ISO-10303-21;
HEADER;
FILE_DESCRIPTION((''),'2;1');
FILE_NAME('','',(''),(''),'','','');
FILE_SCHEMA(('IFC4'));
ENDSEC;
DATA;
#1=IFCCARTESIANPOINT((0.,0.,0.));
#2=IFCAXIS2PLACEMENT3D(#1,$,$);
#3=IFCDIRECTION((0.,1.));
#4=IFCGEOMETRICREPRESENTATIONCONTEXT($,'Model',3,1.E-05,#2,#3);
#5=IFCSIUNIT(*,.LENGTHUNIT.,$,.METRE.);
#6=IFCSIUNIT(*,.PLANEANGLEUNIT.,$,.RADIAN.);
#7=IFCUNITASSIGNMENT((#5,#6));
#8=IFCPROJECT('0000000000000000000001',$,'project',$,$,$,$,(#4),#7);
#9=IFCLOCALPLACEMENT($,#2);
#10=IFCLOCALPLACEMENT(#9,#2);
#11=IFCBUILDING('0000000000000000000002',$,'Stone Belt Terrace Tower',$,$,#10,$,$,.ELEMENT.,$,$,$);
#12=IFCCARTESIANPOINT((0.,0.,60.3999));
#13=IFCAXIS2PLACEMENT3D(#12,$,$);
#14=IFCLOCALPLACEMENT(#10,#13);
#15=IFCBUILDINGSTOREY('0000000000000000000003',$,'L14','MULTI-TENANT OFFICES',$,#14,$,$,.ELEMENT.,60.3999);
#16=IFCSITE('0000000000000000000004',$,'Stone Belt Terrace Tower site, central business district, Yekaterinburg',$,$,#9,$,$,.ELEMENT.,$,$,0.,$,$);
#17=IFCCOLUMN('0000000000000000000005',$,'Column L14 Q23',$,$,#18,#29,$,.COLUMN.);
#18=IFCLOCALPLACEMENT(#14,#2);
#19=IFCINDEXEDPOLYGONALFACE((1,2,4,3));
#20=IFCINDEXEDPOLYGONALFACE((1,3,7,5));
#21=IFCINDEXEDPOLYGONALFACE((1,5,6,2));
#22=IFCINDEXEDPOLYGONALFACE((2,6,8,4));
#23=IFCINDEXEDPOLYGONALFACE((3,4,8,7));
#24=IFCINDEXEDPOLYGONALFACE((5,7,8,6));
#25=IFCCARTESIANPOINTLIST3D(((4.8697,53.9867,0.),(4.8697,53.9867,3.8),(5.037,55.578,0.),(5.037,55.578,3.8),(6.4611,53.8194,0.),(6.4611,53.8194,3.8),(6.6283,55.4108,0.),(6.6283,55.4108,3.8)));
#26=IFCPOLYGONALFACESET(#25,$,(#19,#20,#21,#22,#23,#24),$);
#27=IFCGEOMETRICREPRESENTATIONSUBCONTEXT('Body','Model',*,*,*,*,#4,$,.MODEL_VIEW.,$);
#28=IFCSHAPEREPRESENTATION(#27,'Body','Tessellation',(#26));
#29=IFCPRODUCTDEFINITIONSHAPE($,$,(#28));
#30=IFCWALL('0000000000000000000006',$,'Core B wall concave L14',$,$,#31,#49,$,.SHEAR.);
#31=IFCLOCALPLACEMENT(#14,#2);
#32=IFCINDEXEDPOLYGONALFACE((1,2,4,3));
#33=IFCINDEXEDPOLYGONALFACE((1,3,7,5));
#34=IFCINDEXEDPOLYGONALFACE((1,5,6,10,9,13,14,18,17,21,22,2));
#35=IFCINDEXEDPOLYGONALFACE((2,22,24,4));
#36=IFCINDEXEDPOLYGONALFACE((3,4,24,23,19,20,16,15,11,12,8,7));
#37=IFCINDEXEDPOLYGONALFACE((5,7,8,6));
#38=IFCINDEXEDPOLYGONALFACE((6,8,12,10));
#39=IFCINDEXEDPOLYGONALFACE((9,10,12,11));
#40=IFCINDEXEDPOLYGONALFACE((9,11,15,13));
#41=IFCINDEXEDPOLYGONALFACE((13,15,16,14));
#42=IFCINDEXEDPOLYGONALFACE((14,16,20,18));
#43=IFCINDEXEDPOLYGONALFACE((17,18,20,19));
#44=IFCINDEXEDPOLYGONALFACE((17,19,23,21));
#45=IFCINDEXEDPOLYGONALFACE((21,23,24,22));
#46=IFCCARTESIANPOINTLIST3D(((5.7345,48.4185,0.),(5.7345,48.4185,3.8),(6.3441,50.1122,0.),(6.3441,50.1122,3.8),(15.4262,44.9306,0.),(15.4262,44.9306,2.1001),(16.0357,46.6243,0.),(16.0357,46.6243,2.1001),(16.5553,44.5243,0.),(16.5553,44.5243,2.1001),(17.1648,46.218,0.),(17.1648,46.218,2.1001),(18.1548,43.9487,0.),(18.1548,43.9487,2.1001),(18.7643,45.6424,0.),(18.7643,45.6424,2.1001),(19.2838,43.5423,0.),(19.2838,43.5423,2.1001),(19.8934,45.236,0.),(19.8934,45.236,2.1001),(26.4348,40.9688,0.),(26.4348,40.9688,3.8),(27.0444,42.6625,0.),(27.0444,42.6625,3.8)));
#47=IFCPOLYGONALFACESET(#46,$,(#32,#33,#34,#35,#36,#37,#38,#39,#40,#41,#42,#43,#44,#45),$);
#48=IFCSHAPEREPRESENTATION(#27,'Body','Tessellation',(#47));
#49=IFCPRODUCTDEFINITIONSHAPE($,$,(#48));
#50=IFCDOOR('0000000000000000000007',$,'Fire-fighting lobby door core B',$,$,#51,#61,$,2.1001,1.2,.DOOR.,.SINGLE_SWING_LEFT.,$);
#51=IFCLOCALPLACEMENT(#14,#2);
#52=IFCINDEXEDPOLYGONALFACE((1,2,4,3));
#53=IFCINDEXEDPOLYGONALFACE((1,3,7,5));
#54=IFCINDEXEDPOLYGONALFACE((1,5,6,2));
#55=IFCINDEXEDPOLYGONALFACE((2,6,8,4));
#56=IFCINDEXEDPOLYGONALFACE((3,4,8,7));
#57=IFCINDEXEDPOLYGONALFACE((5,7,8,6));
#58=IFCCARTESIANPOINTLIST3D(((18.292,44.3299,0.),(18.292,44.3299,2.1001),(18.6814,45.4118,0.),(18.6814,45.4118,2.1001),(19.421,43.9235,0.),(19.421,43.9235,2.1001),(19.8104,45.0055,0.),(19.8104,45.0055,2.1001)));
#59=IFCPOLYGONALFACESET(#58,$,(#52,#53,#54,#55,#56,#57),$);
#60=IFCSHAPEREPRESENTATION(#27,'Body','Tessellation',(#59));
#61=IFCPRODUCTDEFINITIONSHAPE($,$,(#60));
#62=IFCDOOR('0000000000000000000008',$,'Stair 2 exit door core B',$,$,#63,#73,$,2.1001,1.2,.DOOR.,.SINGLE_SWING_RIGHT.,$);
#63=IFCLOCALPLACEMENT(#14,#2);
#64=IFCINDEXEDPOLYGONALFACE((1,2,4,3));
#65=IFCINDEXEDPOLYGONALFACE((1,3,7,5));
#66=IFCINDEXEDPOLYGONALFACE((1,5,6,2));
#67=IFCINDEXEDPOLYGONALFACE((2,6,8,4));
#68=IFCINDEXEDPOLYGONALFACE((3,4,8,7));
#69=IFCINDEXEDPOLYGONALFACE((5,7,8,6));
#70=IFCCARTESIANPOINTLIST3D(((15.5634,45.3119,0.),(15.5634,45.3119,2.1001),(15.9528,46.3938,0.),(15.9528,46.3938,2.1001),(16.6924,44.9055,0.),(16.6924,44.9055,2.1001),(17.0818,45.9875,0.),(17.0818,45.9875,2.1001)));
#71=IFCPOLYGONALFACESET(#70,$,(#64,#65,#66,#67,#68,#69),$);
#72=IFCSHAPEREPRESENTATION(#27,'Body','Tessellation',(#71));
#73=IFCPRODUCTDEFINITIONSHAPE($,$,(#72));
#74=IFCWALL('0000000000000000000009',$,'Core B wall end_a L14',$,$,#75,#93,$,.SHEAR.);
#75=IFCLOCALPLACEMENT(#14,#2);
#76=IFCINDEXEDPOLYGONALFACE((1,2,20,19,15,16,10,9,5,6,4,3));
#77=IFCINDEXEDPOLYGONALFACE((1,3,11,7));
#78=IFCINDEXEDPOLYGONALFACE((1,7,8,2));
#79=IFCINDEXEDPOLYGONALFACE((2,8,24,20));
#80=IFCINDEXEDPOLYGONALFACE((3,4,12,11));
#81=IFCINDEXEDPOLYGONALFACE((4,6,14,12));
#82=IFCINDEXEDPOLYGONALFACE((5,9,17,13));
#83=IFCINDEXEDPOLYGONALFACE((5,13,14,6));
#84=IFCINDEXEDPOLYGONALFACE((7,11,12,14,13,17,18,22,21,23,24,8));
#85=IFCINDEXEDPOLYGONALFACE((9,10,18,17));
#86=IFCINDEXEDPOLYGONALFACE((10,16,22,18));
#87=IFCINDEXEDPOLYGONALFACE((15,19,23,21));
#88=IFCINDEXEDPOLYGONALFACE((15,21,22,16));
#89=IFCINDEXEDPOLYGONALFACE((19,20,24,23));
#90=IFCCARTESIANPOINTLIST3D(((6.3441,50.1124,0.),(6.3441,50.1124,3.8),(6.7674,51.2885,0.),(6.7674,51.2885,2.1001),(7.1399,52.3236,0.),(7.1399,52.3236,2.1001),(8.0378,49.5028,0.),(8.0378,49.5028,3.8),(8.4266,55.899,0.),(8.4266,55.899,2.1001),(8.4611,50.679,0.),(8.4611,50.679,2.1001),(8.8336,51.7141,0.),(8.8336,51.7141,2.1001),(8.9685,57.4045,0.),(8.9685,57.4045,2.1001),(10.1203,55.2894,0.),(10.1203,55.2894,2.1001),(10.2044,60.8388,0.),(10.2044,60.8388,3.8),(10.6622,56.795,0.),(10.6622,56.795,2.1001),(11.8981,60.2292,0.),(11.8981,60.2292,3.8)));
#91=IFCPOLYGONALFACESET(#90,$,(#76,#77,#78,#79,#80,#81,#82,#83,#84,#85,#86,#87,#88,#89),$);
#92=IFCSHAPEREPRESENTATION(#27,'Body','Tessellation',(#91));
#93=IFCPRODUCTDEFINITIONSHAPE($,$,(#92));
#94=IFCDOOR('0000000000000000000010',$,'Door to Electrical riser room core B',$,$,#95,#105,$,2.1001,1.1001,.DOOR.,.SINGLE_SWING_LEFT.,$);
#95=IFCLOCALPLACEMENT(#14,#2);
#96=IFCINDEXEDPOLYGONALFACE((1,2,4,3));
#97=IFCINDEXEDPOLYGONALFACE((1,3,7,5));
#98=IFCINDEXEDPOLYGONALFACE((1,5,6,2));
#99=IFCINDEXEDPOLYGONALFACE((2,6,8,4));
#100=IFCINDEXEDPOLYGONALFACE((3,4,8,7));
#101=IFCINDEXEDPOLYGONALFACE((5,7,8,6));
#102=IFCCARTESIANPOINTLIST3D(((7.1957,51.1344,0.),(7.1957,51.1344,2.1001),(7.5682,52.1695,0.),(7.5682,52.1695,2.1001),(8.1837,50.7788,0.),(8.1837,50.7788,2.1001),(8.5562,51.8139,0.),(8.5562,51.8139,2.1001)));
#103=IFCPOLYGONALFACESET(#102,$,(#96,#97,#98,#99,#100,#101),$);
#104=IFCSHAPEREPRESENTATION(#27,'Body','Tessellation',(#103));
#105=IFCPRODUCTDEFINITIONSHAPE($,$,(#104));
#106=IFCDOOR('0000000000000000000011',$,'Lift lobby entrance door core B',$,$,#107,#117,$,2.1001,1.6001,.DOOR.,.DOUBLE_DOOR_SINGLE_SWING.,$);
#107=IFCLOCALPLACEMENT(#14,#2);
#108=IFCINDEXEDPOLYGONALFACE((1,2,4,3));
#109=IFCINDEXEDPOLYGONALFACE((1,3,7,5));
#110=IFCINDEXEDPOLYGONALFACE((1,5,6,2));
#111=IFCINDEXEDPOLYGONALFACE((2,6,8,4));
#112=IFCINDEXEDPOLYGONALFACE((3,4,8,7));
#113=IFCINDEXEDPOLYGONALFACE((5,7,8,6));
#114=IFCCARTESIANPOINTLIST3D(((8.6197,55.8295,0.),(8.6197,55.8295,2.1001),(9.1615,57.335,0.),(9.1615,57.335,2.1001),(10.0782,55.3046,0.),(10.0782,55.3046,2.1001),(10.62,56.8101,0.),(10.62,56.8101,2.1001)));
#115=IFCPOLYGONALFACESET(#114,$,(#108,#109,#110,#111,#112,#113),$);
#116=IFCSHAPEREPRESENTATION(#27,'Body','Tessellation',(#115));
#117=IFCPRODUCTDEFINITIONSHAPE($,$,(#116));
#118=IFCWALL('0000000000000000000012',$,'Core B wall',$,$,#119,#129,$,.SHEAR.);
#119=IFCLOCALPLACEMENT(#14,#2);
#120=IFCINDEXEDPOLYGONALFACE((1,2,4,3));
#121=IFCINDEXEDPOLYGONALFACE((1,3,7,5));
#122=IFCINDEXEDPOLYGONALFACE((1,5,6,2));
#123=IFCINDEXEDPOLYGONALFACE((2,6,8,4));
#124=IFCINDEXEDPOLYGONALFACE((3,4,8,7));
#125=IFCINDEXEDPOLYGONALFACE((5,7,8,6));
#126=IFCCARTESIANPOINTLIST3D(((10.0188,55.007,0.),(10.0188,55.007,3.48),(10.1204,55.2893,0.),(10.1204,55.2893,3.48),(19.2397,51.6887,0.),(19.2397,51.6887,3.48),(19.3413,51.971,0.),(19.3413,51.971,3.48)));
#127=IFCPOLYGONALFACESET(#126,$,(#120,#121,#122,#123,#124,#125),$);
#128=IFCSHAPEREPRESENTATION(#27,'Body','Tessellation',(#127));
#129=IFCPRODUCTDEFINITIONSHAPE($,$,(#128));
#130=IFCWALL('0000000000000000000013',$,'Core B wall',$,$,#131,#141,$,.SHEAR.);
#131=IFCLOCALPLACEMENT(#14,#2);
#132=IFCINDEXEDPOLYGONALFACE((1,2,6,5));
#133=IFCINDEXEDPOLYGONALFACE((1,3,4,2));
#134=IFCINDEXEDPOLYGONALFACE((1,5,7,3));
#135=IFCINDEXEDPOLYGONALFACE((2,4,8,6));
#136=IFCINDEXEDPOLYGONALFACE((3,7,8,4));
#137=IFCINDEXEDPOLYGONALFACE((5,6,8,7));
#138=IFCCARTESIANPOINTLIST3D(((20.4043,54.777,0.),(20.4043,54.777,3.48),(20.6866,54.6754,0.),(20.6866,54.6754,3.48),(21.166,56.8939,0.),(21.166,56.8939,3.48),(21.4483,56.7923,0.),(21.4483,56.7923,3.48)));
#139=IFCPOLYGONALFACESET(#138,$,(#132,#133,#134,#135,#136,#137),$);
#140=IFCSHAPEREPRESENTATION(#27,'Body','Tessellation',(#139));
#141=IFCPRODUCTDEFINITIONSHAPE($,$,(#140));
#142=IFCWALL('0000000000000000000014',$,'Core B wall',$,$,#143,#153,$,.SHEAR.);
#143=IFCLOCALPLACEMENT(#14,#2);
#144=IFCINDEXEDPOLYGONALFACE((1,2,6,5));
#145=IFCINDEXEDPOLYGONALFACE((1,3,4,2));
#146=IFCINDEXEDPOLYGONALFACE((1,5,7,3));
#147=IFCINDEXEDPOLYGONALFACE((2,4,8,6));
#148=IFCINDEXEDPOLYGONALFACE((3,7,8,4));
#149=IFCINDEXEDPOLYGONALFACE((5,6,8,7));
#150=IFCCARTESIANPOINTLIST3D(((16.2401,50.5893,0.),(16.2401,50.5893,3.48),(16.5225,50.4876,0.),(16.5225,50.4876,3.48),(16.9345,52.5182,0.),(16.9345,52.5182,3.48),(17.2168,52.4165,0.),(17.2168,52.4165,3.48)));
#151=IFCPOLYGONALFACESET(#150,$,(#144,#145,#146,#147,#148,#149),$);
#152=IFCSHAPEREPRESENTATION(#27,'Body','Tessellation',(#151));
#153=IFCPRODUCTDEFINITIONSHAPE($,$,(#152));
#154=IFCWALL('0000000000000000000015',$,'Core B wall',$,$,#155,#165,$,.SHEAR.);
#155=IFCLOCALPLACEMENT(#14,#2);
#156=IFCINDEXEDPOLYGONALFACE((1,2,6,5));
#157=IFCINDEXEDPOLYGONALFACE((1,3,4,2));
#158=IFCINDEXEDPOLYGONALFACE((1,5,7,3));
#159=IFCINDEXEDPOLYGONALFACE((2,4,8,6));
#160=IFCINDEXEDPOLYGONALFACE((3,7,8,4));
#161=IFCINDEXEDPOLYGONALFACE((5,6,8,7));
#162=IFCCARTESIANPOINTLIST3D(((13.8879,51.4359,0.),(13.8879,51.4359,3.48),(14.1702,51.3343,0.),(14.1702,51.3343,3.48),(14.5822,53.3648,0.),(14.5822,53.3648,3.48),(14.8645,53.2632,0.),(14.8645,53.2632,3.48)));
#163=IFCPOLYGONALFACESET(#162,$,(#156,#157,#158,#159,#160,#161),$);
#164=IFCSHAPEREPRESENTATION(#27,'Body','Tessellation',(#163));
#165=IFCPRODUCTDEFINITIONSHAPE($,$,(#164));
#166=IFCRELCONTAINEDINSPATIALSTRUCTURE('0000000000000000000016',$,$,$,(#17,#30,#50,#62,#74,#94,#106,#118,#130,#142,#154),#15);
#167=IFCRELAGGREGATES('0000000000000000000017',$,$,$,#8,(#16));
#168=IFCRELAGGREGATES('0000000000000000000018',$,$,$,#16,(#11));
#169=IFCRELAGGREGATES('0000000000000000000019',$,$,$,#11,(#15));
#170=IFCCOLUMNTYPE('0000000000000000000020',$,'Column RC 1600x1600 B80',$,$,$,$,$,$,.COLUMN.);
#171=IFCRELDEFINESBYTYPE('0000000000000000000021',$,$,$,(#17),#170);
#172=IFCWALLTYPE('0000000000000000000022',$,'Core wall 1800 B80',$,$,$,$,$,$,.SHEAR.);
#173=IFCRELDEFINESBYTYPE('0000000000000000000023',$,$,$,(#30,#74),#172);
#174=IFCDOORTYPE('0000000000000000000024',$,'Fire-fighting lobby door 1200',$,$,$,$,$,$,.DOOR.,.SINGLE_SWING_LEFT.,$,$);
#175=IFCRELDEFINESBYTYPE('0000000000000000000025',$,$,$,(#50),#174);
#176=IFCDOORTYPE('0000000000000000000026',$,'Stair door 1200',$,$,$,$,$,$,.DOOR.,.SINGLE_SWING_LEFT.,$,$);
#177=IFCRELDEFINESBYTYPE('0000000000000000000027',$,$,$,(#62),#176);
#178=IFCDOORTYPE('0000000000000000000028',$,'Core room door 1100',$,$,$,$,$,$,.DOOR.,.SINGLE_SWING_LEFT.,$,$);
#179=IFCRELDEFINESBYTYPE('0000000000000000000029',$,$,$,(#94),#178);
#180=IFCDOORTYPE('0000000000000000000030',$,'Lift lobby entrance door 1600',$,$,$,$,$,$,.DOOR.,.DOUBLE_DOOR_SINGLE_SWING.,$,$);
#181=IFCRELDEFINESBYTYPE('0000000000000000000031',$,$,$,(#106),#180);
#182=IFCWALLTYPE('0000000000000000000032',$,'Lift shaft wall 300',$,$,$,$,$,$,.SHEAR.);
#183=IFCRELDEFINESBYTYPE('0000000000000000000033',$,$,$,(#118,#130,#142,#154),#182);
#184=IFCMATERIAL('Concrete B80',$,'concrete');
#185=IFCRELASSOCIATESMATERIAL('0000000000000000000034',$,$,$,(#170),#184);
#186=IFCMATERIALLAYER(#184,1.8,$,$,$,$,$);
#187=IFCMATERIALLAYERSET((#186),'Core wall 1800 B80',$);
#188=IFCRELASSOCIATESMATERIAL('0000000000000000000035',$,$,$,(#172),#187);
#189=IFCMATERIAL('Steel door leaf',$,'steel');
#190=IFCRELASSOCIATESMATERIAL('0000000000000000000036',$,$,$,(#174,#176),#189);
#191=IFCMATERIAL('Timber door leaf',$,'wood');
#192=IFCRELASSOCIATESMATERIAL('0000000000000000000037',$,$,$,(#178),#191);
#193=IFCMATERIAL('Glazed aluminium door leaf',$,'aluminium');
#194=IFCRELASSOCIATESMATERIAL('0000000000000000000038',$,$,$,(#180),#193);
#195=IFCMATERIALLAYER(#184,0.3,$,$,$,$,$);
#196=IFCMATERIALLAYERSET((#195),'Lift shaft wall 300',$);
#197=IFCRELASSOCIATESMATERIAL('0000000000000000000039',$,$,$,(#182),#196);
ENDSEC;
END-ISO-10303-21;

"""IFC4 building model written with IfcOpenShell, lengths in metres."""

from ifc_helpers import new_model, si_unit, direction, frame, frame_2d, origin, origin_2d, place, context, subcontext, project, spatial, rectangle, extrude, material, layer, layer_set, material_profile, profile_set, type_object, element, fill, save


model = new_model("IFC4")

# Units and contexts
model_context = context("Model", 3, precision=1e-05, world=origin(), true_north=direction((0.0, 1.0)))
body_context = subcontext(model_context, "Body", "Model", "MODEL_VIEW")
ifc_project = project(units=[si_unit("LENGTHUNIT", "METRE"), si_unit("PLANEANGLEUNIT", "RADIAN")], contexts=[model_context])

# Site, building, storey
site_placement = place(None, origin())
site = spatial("IfcSite", under=ifc_project, at=site_placement, Name="Stone Belt Terrace Tower site, central business district, Yekaterinburg", CompositionType="ELEMENT", RefElevation=0.0)
building_placement = place(site_placement, origin())
building = spatial("IfcBuilding", under=site, at=building_placement, Name="Stone Belt Terrace Tower", CompositionType="ELEMENT")
storey_placement = place(building_placement, frame((0.0, 0.0, 60.3999)))
storey = spatial("IfcBuildingStorey", under=building, at=storey_placement, Name="L14", Description="MULTI-TENANT OFFICES", CompositionType="ELEMENT", Elevation=60.3999)

# Column
ifc_material_1 = material(Name="Concrete B80", Category="concrete")
ifc_material_profile = material_profile(ifc_material_1, rectangle(XDim=1.6001, YDim=1.6001, at=origin_2d()), Name="RC 1600x1600")
ifc_profile_set = profile_set([ifc_material_profile], Name="Concrete B80")
column_type = type_object("IfcColumnType", Name="Column RC 1600x1600 B80", PredefinedType="COLUMN", material=ifc_profile_set)
column_placement = place(storey_placement, frame((5.749, 54.6987, 0.0), z_axis=(0.0, 0.0, 1.0), x_axis=(0.994522, -0.104528, 0.0)))
element("IfcColumn", 1, at=column_placement, inside=storey, type_object=column_type, Name="Column L14 Q23", PredefinedType="COLUMN", context=body_context, shape_type="SweptSolid", body=[
    extrude(rectangle(XDim=1.6001, YDim=1.6001, at=origin_2d()), origin(), (0.0, 0.0, 1.0), 3.8),
])

# Walls, openings, doors
ifc_layer_1 = layer(ifc_material_1, 1.8)
ifc_layer_set_1 = layer_set([ifc_layer_1], Name="Core wall 1800 B80")
wall_type_1 = type_object("IfcWallType", Name="Core wall 1800 B80", PredefinedType="SHEAR", material=ifc_layer_set_1)
wall_1_placement = place(storey_placement, frame((6.0393, 49.2654, 0.0), z_axis=(0.0, 0.0, 1.0), x_axis=(0.940922, -0.338624, 0.0)))
wall_1 = element("IfcWall", 2, at=wall_1_placement, inside=storey, type_object=wall_type_1, Name="Core B wall concave L14", PredefinedType="SHEAR", context=body_context, shape_type="SweptSolid", body=[
    extrude(rectangle(XDim=22.0, YDim=1.8, at=frame_2d((11.0, 0.0))), origin(), (0.0, 0.0, 1.0), 3.8),
])
opening_1_placement = place(wall_1_placement, frame((13.2, 0.0, 0.0)))
opening_1 = element("IfcOpeningElement", 3, at=opening_1_placement, cuts=wall_1, PredefinedType="OPENING", context=body_context, shape_type="SweptSolid", body=[
    extrude(rectangle(XDim=1.2, YDim=2.1001, at=frame_2d((0.6001, 1.05))), frame((0.0, 0.9099, 0.0), z_axis=(0.0, -1.0, 0.0), x_axis=(1.0, 0.0, 0.0)), (0.0, 0.0, 1.0), 1.8201),
])
opening_2_placement = place(wall_1_placement, frame((10.3, 0.0, 0.0)))
opening_2 = element("IfcOpeningElement", 4, at=opening_2_placement, cuts=wall_1, PredefinedType="OPENING", context=body_context, shape_type="SweptSolid", body=[
    extrude(rectangle(XDim=1.2, YDim=2.1001, at=frame_2d((0.6001, 1.05))), frame((0.0, 0.9099, 0.0), z_axis=(0.0, -1.0, 0.0), x_axis=(1.0, 0.0, 0.0)), (0.0, 0.0, 1.0), 1.8201),
])
ifc_material_2 = material(Name="Steel door leaf", Category="steel")
door_type_1 = type_object("IfcDoorType", Name="Fire-fighting lobby door 1200", OperationType="SINGLE_SWING_LEFT", PredefinedType="DOOR", material=ifc_material_2)
door_1_placement = place(opening_1_placement, origin())
door_1 = element("IfcDoor", 5, at=door_1_placement, inside=storey, type_object=door_type_1, Name="Fire-fighting lobby door core B", OperationType="SINGLE_SWING_LEFT", OverallHeight=2.1001, OverallWidth=1.2, PredefinedType="DOOR", context=body_context, shape_type="SweptSolid", body=[
    extrude(rectangle(XDim=1.2, YDim=2.1001, at=frame_2d((0.6001, 1.05))), frame((0.0, 0.655, 0.0), z_axis=(0.0, -1.0, 0.0), x_axis=(1.0, 0.0, 0.0)), (0.0, 0.0, 1.0), 1.1499),
])
fill(opening_1, door_1)
door_type_2 = type_object("IfcDoorType", Name="Stair door 1200", OperationType="SINGLE_SWING_LEFT", PredefinedType="DOOR", material=ifc_material_2)
door_2_placement = place(opening_2_placement, origin())
door_2 = element("IfcDoor", 6, at=door_2_placement, inside=storey, type_object=door_type_2, Name="Stair 2 exit door core B", OperationType="SINGLE_SWING_RIGHT", OverallHeight=2.1001, OverallWidth=1.2, PredefinedType="DOOR", context=body_context, shape_type="SweptSolid", body=[
    extrude(rectangle(XDim=1.2, YDim=2.1001, at=frame_2d((0.6001, 1.05))), frame((0.0, 0.655, 0.0), z_axis=(0.0, -1.0, 0.0), x_axis=(1.0, 0.0, 0.0)), (0.0, 0.0, 1.0), 1.1499),
])
fill(opening_2, door_2)
wall_2_placement = place(storey_placement, frame((7.1909, 49.8076, 0.0), z_axis=(0.0, 0.0, 1.0), x_axis=(0.338632, 0.940919, 0.0)))
wall_2 = element("IfcWall", 7, at=wall_2_placement, inside=storey, type_object=wall_type_1, Name="Core B wall end_a L14", PredefinedType="SHEAR", context=body_context, shape_type="SweptSolid", body=[
    extrude(rectangle(XDim=11.3999, YDim=1.8, at=frame_2d((5.7, 0.0))), origin(), (0.0, 0.0, 1.0), 3.8),
])
opening_3_placement = place(wall_2_placement, frame((6.1499, 0.0, 0.0)))
opening_3 = element("IfcOpeningElement", 8, at=opening_3_placement, cuts=wall_2, PredefinedType="OPENING", context=body_context, shape_type="SweptSolid", body=[
    extrude(rectangle(XDim=1.6001, YDim=2.1001, at=frame_2d((0.8, 1.05))), frame((0.0, 0.9099, 0.0), z_axis=(0.0, -1.0, 0.0), x_axis=(1.0, 0.0, 0.0)), (0.0, 0.0, 1.0), 1.8201),
])
opening_4_placement = place(wall_2_placement, frame((1.25, 0.0, 0.0)))
opening_4 = element("IfcOpeningElement", 9, at=opening_4_placement, cuts=wall_2, PredefinedType="OPENING", context=body_context, shape_type="SweptSolid", body=[
    extrude(rectangle(XDim=1.1001, YDim=2.1001, at=frame_2d((0.55, 1.05))), frame((0.0, 0.9099, 0.0), z_axis=(0.0, -1.0, 0.0), x_axis=(1.0, 0.0, 0.0)), (0.0, 0.0, 1.0), 1.8201),
])
ifc_material_3 = material(Name="Timber door leaf", Category="wood")
door_type_3 = type_object("IfcDoorType", Name="Core room door 1100", OperationType="SINGLE_SWING_LEFT", PredefinedType="DOOR", material=ifc_material_3)
door_3_placement = place(opening_4_placement, origin())
door_3 = element("IfcDoor", 10, at=door_3_placement, inside=storey, type_object=door_type_3, Name="Door to Electrical riser room core B", OperationType="SINGLE_SWING_LEFT", OverallHeight=2.1001, OverallWidth=1.1001, PredefinedType="DOOR", context=body_context, shape_type="SweptSolid", body=[
    extrude(rectangle(XDim=1.1001, YDim=2.1001, at=frame_2d((0.55, 1.05))), frame((0.0, 0.4448, 0.0), z_axis=(0.0, -1.0, 0.0), x_axis=(1.0, 0.0, 0.0)), (0.0, 0.0, 1.0), 1.05),
])
fill(opening_4, door_3)
ifc_material_4 = material(Name="Glazed aluminium door leaf", Category="aluminium")
door_type_4 = type_object("IfcDoorType", Name="Lift lobby entrance door 1600", OperationType="DOUBLE_DOOR_SINGLE_SWING", PredefinedType="DOOR", material=ifc_material_4)
door_4_placement = place(opening_3_placement, origin())
door_4 = element("IfcDoor", 11, at=door_4_placement, inside=storey, type_object=door_type_4, Name="Lift lobby entrance door core B", OperationType="DOUBLE_DOOR_SINGLE_SWING", OverallHeight=2.1001, OverallWidth=1.6001, PredefinedType="DOOR", context=body_context, shape_type="SweptSolid", body=[
    extrude(rectangle(XDim=1.6001, YDim=2.1001, at=frame_2d((0.8, 1.05))), frame((0.0, 0.6948, 0.0), z_axis=(0.0, -1.0, 0.0), x_axis=(1.0, 0.0, 0.0)), (0.0, 0.0, 1.0), 1.55),
])
fill(opening_3, door_4)

# Walls
ifc_layer_2 = layer(ifc_material_1, 0.3)
ifc_layer_set_2 = layer_set([ifc_layer_2], Name="Lift shaft wall 300")
wall_type_2 = type_object("IfcWallType", Name="Lift shaft wall 300", PredefinedType="SHEAR", material=ifc_layer_set_2)
wall_3_placement = place(storey_placement, frame((19.2905, 51.8298, 0.0), z_axis=(0.0, 0.0, 1.0), x_axis=(-0.940926, 0.338613, 0.0)))
element("IfcWall", 12, at=wall_3_placement, inside=storey, type_object=wall_type_2, Name="Core B wall", PredefinedType="SHEAR", context=body_context, shape_type="SweptSolid", body=[
    extrude(rectangle(XDim=9.7998, YDim=0.3, at=frame_2d((4.8999, 0.0))), origin(), (0.0, 0.0, 1.0), 3.48),
])
wall_4_placement = place(storey_placement, frame((20.5454, 54.7261, 0.0), z_axis=(0.0, 0.0, 1.0), x_axis=(0.33857, 0.940941, 0.0)))
element("IfcWall", 13, at=wall_4_placement, inside=storey, type_object=wall_type_2, Name="Core B wall", PredefinedType="SHEAR", context=body_context, shape_type="SweptSolid", body=[
    extrude(rectangle(XDim=2.2498, YDim=0.3, at=frame_2d((1.125, 0.0))), origin(), (0.0, 0.0, 1.0), 3.48),
])
for number, where, z_axis, x_axis, name in (
    (14, (16.3813, 50.5386, 0.0), (0.0, 0.0, 1.0), (0.338682, 0.940901, 0.0), "Core B wall"),
    (15, (14.0291, 51.3853, 0.0), (0.0, 0.0, 1.0), (0.338682, 0.940901, 0.0), "Core B wall"),
):
    element("IfcWall", number, at=place(storey_placement, frame(where, z_axis=z_axis, x_axis=x_axis)), inside=storey, type_object=wall_type_2, Name=name, PredefinedType="SHEAR", context=body_context, shape_type="SweptSolid", body=[
        extrude(rectangle(XDim=2.05, YDim=0.3, at=frame_2d((1.0249, 0.0))), origin(), (0.0, 0.0, 1.0), 3.48),
    ])

save(model, "model.ifc")
